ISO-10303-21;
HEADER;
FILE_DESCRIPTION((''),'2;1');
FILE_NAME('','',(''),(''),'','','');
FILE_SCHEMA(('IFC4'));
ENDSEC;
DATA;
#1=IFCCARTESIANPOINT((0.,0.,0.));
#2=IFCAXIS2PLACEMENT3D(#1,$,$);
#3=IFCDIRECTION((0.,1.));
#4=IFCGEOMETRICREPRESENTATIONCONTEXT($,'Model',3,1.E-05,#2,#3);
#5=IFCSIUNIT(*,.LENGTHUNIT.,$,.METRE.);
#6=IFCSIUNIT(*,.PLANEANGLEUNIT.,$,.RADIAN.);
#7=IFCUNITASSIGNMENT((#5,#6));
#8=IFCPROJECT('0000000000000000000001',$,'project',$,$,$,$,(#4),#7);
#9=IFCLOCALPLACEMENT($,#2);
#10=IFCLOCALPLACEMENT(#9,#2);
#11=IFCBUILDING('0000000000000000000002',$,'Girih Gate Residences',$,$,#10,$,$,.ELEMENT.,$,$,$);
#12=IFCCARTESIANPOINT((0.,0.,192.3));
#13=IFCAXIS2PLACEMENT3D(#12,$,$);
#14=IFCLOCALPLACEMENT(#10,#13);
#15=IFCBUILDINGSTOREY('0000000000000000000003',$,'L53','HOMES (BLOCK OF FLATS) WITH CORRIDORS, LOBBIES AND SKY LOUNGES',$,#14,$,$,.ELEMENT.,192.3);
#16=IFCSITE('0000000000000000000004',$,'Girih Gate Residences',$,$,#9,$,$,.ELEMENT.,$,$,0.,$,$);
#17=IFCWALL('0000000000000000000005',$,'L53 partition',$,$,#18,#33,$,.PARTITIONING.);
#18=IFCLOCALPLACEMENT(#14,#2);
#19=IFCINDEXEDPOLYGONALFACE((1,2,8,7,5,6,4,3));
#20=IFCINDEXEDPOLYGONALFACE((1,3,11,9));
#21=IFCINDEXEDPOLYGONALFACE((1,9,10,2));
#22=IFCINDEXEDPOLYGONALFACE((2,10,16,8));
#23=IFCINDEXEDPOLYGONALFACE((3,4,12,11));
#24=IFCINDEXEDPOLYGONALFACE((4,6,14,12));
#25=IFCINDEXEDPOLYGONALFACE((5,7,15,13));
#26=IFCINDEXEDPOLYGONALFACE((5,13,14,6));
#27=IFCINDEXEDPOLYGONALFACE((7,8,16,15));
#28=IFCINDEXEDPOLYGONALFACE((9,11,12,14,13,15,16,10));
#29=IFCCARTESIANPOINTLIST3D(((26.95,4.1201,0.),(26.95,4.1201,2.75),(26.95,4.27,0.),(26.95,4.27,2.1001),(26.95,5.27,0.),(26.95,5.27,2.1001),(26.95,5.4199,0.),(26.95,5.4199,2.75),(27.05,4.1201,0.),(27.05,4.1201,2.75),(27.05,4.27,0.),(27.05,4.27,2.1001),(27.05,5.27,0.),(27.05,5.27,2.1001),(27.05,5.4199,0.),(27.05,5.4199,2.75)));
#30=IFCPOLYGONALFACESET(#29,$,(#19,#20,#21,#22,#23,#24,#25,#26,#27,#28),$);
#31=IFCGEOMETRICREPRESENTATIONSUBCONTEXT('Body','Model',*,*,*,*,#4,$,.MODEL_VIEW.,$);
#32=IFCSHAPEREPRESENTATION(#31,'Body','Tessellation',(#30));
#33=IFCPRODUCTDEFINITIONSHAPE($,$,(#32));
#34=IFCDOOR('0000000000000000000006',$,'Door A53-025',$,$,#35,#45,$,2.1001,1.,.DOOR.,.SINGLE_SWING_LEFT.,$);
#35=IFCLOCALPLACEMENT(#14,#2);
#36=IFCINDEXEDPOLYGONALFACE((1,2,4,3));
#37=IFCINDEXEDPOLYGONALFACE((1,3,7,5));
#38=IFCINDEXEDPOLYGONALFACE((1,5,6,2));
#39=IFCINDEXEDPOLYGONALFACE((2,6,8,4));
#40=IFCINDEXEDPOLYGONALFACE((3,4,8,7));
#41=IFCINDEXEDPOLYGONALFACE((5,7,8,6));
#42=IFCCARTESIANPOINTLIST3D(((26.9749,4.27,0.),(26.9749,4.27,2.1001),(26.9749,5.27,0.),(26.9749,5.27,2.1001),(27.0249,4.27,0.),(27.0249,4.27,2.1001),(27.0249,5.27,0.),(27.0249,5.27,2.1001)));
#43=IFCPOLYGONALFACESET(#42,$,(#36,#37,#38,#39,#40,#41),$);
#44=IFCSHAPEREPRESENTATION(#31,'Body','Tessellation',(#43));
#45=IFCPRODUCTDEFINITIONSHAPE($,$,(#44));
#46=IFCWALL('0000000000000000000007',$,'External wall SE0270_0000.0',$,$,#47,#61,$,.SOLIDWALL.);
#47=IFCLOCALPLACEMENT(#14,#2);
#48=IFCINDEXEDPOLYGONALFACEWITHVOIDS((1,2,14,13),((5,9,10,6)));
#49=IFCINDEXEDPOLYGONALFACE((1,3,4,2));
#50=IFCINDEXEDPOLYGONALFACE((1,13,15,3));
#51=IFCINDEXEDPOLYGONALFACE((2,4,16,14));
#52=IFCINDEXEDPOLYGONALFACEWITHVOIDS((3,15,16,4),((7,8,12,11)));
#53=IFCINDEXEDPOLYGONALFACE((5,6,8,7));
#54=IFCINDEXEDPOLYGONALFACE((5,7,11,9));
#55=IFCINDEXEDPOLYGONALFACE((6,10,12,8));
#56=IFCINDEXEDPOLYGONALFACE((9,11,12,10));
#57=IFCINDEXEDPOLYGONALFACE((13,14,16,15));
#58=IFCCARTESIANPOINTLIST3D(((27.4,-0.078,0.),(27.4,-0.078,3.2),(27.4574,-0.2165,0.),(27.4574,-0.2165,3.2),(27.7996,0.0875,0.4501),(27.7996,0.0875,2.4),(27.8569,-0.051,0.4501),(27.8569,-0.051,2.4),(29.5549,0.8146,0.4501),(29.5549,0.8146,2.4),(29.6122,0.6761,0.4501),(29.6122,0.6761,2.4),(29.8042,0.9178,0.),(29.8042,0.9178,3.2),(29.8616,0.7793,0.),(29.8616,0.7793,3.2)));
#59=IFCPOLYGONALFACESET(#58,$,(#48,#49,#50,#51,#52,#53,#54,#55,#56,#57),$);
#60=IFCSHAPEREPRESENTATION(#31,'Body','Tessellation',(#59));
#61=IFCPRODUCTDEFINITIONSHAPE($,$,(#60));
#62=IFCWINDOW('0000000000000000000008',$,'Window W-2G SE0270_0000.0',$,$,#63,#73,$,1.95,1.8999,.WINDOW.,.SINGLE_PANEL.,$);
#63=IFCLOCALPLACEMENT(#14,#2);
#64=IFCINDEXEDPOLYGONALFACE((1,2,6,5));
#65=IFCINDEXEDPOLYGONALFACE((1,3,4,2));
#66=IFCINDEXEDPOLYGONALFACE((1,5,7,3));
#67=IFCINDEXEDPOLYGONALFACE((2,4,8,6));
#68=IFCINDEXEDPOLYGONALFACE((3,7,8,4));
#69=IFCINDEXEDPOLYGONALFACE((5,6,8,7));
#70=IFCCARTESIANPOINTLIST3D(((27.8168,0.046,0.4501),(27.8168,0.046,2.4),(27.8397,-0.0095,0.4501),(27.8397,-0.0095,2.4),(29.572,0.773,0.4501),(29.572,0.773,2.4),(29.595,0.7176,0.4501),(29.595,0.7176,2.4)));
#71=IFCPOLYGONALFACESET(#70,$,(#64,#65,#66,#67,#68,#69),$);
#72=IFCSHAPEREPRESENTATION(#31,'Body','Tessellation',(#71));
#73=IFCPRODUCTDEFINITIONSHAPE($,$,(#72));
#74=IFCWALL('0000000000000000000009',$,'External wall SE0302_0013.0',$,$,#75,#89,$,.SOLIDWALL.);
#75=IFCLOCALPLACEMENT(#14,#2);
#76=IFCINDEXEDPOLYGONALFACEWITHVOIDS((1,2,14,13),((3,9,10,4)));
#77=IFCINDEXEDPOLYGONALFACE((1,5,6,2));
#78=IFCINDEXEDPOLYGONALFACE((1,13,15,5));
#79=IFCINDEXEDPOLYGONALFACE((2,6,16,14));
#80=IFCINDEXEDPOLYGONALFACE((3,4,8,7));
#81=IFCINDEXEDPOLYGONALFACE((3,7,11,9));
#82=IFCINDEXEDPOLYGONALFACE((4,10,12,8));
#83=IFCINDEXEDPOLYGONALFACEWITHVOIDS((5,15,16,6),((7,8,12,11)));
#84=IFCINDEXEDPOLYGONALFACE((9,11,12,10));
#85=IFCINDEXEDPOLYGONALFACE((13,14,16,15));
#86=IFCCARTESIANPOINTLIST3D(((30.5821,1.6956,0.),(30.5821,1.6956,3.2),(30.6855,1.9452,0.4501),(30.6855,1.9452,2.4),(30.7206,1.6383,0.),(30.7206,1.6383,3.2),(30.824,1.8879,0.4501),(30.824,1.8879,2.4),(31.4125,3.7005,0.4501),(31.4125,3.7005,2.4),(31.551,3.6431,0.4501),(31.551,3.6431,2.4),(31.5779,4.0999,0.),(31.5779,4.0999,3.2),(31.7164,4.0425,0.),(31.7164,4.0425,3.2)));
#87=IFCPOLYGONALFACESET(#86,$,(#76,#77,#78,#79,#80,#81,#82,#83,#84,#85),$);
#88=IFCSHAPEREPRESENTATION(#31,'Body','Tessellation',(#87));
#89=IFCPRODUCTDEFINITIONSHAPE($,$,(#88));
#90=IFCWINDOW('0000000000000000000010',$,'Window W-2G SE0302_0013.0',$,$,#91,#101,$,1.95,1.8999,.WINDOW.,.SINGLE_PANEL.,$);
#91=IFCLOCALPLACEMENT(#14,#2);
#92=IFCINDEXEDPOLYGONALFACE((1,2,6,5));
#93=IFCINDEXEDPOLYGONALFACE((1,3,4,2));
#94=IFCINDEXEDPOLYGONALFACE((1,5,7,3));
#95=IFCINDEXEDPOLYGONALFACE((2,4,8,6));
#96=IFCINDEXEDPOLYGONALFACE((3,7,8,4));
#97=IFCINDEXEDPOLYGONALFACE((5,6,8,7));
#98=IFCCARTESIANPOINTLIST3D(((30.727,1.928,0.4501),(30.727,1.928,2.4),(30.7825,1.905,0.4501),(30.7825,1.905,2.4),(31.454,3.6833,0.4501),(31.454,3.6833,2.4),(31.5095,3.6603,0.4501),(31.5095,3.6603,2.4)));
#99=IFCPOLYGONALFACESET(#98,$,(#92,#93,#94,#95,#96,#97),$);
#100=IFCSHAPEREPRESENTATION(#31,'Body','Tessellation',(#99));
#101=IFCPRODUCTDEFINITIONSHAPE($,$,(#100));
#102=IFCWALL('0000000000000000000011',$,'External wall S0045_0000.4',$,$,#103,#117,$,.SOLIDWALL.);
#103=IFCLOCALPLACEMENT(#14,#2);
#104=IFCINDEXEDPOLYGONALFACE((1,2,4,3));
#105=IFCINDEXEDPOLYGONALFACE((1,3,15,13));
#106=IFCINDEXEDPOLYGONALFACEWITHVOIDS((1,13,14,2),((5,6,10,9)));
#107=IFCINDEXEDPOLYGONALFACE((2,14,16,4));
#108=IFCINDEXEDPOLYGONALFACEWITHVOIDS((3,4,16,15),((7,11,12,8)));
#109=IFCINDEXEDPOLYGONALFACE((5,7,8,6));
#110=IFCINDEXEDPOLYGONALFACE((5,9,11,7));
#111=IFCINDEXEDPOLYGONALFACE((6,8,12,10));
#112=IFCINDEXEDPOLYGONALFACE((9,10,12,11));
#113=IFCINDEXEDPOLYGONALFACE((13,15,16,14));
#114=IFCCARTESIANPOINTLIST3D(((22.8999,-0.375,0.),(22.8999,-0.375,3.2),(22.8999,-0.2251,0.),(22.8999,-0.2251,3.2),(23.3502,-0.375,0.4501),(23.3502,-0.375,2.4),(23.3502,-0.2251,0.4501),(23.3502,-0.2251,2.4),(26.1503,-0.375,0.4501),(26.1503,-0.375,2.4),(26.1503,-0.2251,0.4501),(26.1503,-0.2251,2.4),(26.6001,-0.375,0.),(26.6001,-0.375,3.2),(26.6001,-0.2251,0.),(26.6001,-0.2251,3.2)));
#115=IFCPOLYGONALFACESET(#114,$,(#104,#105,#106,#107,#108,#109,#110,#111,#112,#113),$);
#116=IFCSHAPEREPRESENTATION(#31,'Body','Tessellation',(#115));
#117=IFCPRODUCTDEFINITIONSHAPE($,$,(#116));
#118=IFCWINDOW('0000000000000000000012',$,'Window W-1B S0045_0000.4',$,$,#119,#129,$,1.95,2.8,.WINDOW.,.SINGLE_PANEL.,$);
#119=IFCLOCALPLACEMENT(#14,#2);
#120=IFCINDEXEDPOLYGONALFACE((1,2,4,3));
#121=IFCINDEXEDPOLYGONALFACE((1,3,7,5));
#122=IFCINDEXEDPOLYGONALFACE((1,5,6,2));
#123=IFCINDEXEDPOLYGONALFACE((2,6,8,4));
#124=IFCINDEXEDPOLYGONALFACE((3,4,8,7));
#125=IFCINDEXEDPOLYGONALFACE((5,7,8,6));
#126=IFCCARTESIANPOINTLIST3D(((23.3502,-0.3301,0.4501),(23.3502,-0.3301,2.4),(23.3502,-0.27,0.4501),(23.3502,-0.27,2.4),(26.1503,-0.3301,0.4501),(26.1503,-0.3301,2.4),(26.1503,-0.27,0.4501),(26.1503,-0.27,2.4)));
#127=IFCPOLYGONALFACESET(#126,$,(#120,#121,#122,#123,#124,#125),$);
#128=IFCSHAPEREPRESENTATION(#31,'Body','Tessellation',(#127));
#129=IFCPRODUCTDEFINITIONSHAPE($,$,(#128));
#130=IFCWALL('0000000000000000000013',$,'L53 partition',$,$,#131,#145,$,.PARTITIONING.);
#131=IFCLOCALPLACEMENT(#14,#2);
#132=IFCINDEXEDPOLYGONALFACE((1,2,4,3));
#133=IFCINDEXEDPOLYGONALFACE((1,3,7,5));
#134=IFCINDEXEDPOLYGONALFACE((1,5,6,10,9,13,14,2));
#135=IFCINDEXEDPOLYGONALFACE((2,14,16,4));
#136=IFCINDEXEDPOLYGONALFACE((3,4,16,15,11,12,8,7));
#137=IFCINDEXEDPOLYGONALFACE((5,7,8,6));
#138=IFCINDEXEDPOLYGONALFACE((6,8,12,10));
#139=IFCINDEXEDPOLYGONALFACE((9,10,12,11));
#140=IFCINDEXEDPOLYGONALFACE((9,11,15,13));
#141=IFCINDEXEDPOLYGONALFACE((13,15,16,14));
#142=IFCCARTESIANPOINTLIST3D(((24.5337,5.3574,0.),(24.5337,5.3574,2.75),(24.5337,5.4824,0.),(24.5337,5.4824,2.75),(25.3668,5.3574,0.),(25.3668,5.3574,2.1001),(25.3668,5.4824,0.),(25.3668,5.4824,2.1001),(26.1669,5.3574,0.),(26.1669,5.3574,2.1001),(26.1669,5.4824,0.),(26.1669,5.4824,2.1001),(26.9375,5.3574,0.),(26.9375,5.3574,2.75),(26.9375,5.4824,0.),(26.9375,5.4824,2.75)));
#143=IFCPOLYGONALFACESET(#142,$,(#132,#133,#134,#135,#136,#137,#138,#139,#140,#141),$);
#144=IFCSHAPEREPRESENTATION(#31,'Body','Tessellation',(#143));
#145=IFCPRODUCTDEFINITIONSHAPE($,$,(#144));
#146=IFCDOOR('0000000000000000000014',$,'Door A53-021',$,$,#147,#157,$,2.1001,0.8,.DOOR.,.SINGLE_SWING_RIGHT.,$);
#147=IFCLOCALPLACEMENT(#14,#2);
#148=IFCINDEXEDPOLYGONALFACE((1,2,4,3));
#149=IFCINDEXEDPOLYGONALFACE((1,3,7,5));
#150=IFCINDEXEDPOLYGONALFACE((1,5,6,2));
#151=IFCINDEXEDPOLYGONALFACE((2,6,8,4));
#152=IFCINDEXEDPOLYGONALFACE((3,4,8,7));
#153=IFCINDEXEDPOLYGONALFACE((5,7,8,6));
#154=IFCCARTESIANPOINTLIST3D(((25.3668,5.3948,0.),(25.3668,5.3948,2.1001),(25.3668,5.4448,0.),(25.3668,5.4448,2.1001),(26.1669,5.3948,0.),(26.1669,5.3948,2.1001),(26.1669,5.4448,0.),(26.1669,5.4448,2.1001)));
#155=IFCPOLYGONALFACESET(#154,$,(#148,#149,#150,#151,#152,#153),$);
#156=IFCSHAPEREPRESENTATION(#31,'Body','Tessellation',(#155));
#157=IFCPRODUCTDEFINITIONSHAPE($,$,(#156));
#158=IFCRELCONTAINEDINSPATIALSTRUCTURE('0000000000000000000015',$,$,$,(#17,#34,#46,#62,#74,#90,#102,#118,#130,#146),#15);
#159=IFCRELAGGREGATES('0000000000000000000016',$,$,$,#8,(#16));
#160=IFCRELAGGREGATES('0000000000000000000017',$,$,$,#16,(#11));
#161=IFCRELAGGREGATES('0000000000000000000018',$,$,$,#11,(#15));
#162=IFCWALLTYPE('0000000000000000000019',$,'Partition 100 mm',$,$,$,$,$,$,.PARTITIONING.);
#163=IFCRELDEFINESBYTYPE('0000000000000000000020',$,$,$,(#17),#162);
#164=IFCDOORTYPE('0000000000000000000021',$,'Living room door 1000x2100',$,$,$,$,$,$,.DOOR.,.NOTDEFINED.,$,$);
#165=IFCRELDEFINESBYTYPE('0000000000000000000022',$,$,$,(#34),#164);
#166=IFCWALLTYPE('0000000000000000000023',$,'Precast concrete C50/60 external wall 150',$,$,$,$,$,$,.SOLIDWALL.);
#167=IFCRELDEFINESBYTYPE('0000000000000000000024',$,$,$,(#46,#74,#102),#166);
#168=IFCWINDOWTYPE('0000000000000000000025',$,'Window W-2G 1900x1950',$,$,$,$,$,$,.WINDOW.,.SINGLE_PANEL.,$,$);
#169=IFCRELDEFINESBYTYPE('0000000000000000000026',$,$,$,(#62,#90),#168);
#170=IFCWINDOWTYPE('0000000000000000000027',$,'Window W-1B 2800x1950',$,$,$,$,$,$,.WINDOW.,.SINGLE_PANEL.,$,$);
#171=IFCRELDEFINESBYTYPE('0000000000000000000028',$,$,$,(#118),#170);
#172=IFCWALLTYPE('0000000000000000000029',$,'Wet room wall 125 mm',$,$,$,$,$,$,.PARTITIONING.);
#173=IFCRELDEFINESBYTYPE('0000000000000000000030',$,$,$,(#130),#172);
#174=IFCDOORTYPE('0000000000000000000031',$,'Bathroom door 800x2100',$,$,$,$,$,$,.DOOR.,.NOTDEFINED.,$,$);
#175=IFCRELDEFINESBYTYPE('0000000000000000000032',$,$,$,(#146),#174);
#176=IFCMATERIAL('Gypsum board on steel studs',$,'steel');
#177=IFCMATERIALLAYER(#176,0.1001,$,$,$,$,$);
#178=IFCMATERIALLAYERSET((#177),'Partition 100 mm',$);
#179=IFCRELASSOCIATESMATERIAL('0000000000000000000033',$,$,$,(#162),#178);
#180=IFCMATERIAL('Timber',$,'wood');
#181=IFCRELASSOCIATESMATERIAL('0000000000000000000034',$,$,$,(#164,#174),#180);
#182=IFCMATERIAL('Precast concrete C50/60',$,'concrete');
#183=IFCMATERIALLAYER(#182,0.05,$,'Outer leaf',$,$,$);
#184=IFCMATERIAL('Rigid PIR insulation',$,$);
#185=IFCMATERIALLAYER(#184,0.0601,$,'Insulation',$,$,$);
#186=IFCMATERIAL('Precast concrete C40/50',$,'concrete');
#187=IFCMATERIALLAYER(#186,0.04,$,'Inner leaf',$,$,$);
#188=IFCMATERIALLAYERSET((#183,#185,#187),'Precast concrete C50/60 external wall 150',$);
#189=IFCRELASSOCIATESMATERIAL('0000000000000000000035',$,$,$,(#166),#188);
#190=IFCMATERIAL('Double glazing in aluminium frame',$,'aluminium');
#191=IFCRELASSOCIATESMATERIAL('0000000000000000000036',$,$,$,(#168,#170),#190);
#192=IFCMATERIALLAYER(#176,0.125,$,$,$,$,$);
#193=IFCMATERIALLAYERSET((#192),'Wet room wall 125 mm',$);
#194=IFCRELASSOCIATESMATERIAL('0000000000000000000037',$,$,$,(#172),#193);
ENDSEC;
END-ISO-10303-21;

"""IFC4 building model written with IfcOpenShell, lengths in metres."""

from ifc_helpers import new_model, si_unit, direction, frame, frame_2d, origin, place, context, subcontext, project, spatial, rectangle, extrude, material, layer, layer_set, type_object, element, fill, save


model = new_model("IFC4")

# Units and contexts
model_context = context("Model", 3, precision=1e-05, world=origin(), true_north=direction((0.0, 1.0)))
body_context = subcontext(model_context, "Body", "Model", "MODEL_VIEW")
ifc_project = project(units=[si_unit("LENGTHUNIT", "METRE"), si_unit("PLANEANGLEUNIT", "RADIAN")], contexts=[model_context])

# Site, building, storey
site_placement = place(None, origin())
site = spatial("IfcSite", under=ifc_project, at=site_placement, Name="Girih Gate Residences", CompositionType="ELEMENT", RefElevation=0.0)
building_placement = place(site_placement, origin())
building = spatial("IfcBuilding", under=site, at=building_placement, Name="Girih Gate Residences", CompositionType="ELEMENT")
storey_placement = place(building_placement, frame((0.0, 0.0, 192.3)))
storey = spatial("IfcBuildingStorey", under=building, at=storey_placement, Name="L53", Description="HOMES (BLOCK OF FLATS) WITH CORRIDORS, LOBBIES AND SKY LOUNGES", CompositionType="ELEMENT", Elevation=192.3)

# Shared definitions
ifc_material_1 = material(Name="Gypsum board on steel studs", Category="steel")
ifc_layer_1 = layer(ifc_material_1, 0.1001)
ifc_layer_set_1 = layer_set([ifc_layer_1], Name="Partition 100 mm")
wall_type_1 = type_object("IfcWallType", Name="Partition 100 mm", PredefinedType="PARTITIONING", material=ifc_layer_set_1)
ifc_material_2 = material(Name="Timber", Category="wood")

# Wall, opening, door
wall_1_placement = place(storey_placement, frame((27.0, 5.4199, 0.0), z_axis=(0.0, 0.0, 1.0), x_axis=(0.0, -1.0, 0.0)))
wall_1 = element("IfcWall", 1, at=wall_1_placement, inside=storey, type_object=wall_type_1, Name="L53 partition", PredefinedType="PARTITIONING", context=body_context, shape_type="SweptSolid", body=[
    extrude(rectangle(XDim=1.2998, YDim=0.1001, at=frame_2d((0.6499, 0.0))), origin(), (0.0, 0.0, 1.0), 2.75),
])
opening_1_placement = place(wall_1_placement, frame((0.1499, 0.0, 0.0)))
opening_1 = element("IfcOpeningElement", 2, at=opening_1_placement, cuts=wall_1, PredefinedType="OPENING", context=body_context, shape_type="SweptSolid", body=[
    extrude(rectangle(XDim=1.0, YDim=2.1001, at=frame_2d((0.5, 1.05))), frame((0.0, 0.0601, 0.0), z_axis=(0.0, -1.0, 0.0), x_axis=(1.0, 0.0, 0.0)), (0.0, 0.0, 1.0), 0.1201),
])
door_type_1 = type_object("IfcDoorType", Name="Living room door 1000x2100", OperationType="NOTDEFINED", PredefinedType="DOOR", material=ifc_material_2)
door_1_placement = place(opening_1_placement, origin())
door_1 = element("IfcDoor", 3, at=door_1_placement, inside=storey, type_object=door_type_1, Name="Door A53-025", OperationType="SINGLE_SWING_LEFT", OverallHeight=2.1001, OverallWidth=1.0, PredefinedType="DOOR", context=body_context, shape_type="SweptSolid", body=[
    extrude(rectangle(XDim=1.0, YDim=2.1001, at=frame_2d((0.5, 1.05))), frame((0.0, 0.0249, 0.0), z_axis=(0.0, -1.0, 0.0), x_axis=(1.0, 0.0, 0.0)), (0.0, 0.0, 1.0), 0.05),
])
fill(opening_1, door_1)

# Walls, openings, windows
ifc_material_3 = material(Name="Precast concrete C50/60", Category="concrete")
ifc_layer_2 = layer(ifc_material_3, 0.05, Name="Outer leaf")
ifc_material_4 = material(Name="Rigid PIR insulation")
ifc_layer_3 = layer(ifc_material_4, 0.0601, Name="Insulation")
ifc_material_5 = material(Name="Precast concrete C40/50", Category="concrete")
ifc_layer_4 = layer(ifc_material_5, 0.04, Name="Inner leaf")
ifc_layer_set_2 = layer_set([ifc_layer_2, ifc_layer_3, ifc_layer_4], Name="Precast concrete C50/60 external wall 150")
wall_type_2 = type_object("IfcWallType", Name="Precast concrete C50/60 external wall 150", PredefinedType="SOLIDWALL", material=ifc_layer_set_2)
wall_2_placement = place(storey_placement, frame((29.833, 0.8486, 0.0), z_axis=(0.0, 0.0, 1.0), x_axis=(-0.923885, -0.382669, 0.0)))
wall_2 = element("IfcWall", 4, at=wall_2_placement, inside=storey, type_object=wall_type_2, Name="External wall SE0270_0000.0", PredefinedType="SOLIDWALL", context=body_context, shape_type="SweptSolid", body=[
    extrude(rectangle(XDim=2.6023, YDim=0.1499, at=frame_2d((1.3013, 0.0))), origin(), (0.0, 0.0, 1.0), 3.2),
])
opening_2_placement = place(wall_2_placement, frame((0.27, 0.0, 0.45)))
opening_2 = element("IfcOpeningElement", 5, at=opening_2_placement, cuts=wall_2, PredefinedType="OPENING", context=body_context, shape_type="SweptSolid", body=[
    extrude(rectangle(XDim=1.8999, YDim=1.95, at=frame_2d((0.95, 0.9751))), frame((0.0, 0.085, 0.0), z_axis=(0.0, -1.0, 0.0), x_axis=(1.0, 0.0, 0.0)), (0.0, 0.0, 1.0), 0.1699),
])
ifc_material_6 = material(Name="Double glazing in aluminium frame", Category="aluminium")
window_type_1 = type_object("IfcWindowType", Name="Window W-2G 1900x1950", PartitioningType="SINGLE_PANEL", PredefinedType="WINDOW", material=ifc_material_6)
window_1_placement = place(opening_2_placement, origin())
window_1 = element("IfcWindow", 6, at=window_1_placement, inside=storey, type_object=window_type_1, Name="Window W-2G SE0270_0000.0", OverallHeight=1.95, OverallWidth=1.8999, PartitioningType="SINGLE_PANEL", PredefinedType="WINDOW", context=body_context, shape_type="SweptSolid", body=[
    extrude(rectangle(XDim=1.8999, YDim=1.95, at=frame_2d((0.95, 0.9751))), frame((0.0, 0.03, 0.0), z_axis=(0.0, -1.0, 0.0), x_axis=(1.0, 0.0, 0.0)), (0.0, 0.0, 1.0), 0.0601),
])
fill(opening_2, window_1)
wall_3_placement = place(storey_placement, frame((31.6472, 4.0713, 0.0), z_axis=(0.0, 0.0, 1.0), x_axis=(-0.382669, -0.923885, 0.0)))
wall_3 = element("IfcWall", 7, at=wall_3_placement, inside=storey, type_object=wall_type_2, Name="External wall SE0302_0013.0", PredefinedType="SOLIDWALL", context=body_context, shape_type="SweptSolid", body=[
    extrude(rectangle(XDim=2.6023, YDim=0.1499, at=frame_2d((1.3013, 0.0))), origin(), (0.0, 0.0, 1.0), 3.2),
])
opening_3_placement = place(wall_3_placement, frame((0.4324, 0.0, 0.45)))
opening_3 = element("IfcOpeningElement", 8, at=opening_3_placement, cuts=wall_3, PredefinedType="OPENING", context=body_context, shape_type="SweptSolid", body=[
    extrude(rectangle(XDim=1.8999, YDim=1.95, at=frame_2d((0.95, 0.9751))), frame((0.0, 0.085, 0.0), z_axis=(0.0, -1.0, 0.0), x_axis=(1.0, 0.0, 0.0)), (0.0, 0.0, 1.0), 0.1699),
])
window_2_placement = place(opening_3_placement, origin())
window_2 = element("IfcWindow", 9, at=window_2_placement, inside=storey, type_object=window_type_1, Name="Window W-2G SE0302_0013.0", OverallHeight=1.95, OverallWidth=1.8999, PartitioningType="SINGLE_PANEL", PredefinedType="WINDOW", context=body_context, shape_type="SweptSolid", body=[
    extrude(rectangle(XDim=1.8999, YDim=1.95, at=frame_2d((0.95, 0.9751))), frame((0.0, 0.03, 0.0), z_axis=(0.0, -1.0, 0.0), x_axis=(1.0, 0.0, 0.0)), (0.0, 0.0, 1.0), 0.0601),
])
fill(opening_3, window_2)
wall_4_placement = place(storey_placement, frame((26.6001, -0.3, 0.0), z_axis=(0.0, 0.0, 1.0), x_axis=(-1.0, 0.0, 0.0)))
wall_4 = element("IfcWall", 10, at=wall_4_placement, inside=storey, type_object=wall_type_2, Name="External wall S0045_0000.4", PredefinedType="SOLIDWALL", context=body_context, shape_type="SweptSolid", body=[
    extrude(rectangle(XDim=3.7002, YDim=0.1499, at=frame_2d((1.8501, 0.0))), origin(), (0.0, 0.0, 1.0), 3.2),
])
opening_4_placement = place(wall_4_placement, frame((0.45, 0.0, 0.45)))
opening_4 = element("IfcOpeningElement", 11, at=opening_4_placement, cuts=wall_4, PredefinedType="OPENING", context=body_context, shape_type="SweptSolid", body=[
    extrude(rectangle(XDim=2.8, YDim=1.95, at=frame_2d((1.3999, 0.9751))), frame((0.0, 0.085, 0.0), z_axis=(0.0, -1.0, 0.0), x_axis=(1.0, 0.0, 0.0)), (0.0, 0.0, 1.0), 0.1699),
])
window_type_2 = type_object("IfcWindowType", Name="Window W-1B 2800x1950", PartitioningType="SINGLE_PANEL", PredefinedType="WINDOW", material=ifc_material_6)
window_3_placement = place(opening_4_placement, origin())
window_3 = element("IfcWindow", 12, at=window_3_placement, inside=storey, type_object=window_type_2, Name="Window W-1B S0045_0000.4", OverallHeight=1.95, OverallWidth=2.8, PartitioningType="SINGLE_PANEL", PredefinedType="WINDOW", context=body_context, shape_type="SweptSolid", body=[
    extrude(rectangle(XDim=2.8, YDim=1.95, at=frame_2d((1.3999, 0.9751))), frame((0.0, 0.03, 0.0), z_axis=(0.0, -1.0, 0.0), x_axis=(1.0, 0.0, 0.0)), (0.0, 0.0, 1.0), 0.0601),
])
fill(opening_4, window_3)

# Wall, opening, door
ifc_layer_5 = layer(ifc_material_1, 0.125)
ifc_layer_set_3 = layer_set([ifc_layer_5], Name="Wet room wall 125 mm")
wall_type_3 = type_object("IfcWallType", Name="Wet room wall 125 mm", PredefinedType="PARTITIONING", material=ifc_layer_set_3)
wall_5_placement = place(storey_placement, frame((24.5337, 5.4199, 0.0), z_axis=(0.0, 0.0, 1.0), x_axis=(1.0, 0.0, 0.0)))
wall_5 = element("IfcWall", 13, at=wall_5_placement, inside=storey, type_object=wall_type_3, Name="L53 partition", PredefinedType="PARTITIONING", context=body_context, shape_type="SweptSolid", body=[
    extrude(rectangle(XDim=2.4038, YDim=0.125, at=frame_2d((1.2019, 0.0))), origin(), (0.0, 0.0, 1.0), 2.75),
])
opening_5_placement = place(wall_5_placement, frame((0.8333, 0.0, 0.0)))
opening_5 = element("IfcOpeningElement", 14, at=opening_5_placement, cuts=wall_5, PredefinedType="OPENING", context=body_context, shape_type="SweptSolid", body=[
    extrude(rectangle(XDim=0.8, YDim=2.1001, at=frame_2d((0.3999, 1.05))), frame((0.0, 0.0725, 0.0), z_axis=(0.0, -1.0, 0.0), x_axis=(1.0, 0.0, 0.0)), (0.0, 0.0, 1.0), 0.145),
])
door_type_2 = type_object("IfcDoorType", Name="Bathroom door 800x2100", OperationType="NOTDEFINED", PredefinedType="DOOR", material=ifc_material_2)
door_2_placement = place(opening_5_placement, origin())
door_2 = element("IfcDoor", 15, at=door_2_placement, inside=storey, type_object=door_type_2, Name="Door A53-021", OperationType="SINGLE_SWING_RIGHT", OverallHeight=2.1001, OverallWidth=0.8, PredefinedType="DOOR", context=body_context, shape_type="SweptSolid", body=[
    extrude(rectangle(XDim=0.8, YDim=2.1001, at=frame_2d((0.3999, 1.05))), frame((0.0, 0.0249, 0.0), z_axis=(0.0, -1.0, 0.0), x_axis=(1.0, 0.0, 0.0)), (0.0, 0.0, 1.0), 0.05),
])
fill(opening_5, door_2)

save(model, "model.ifc")
